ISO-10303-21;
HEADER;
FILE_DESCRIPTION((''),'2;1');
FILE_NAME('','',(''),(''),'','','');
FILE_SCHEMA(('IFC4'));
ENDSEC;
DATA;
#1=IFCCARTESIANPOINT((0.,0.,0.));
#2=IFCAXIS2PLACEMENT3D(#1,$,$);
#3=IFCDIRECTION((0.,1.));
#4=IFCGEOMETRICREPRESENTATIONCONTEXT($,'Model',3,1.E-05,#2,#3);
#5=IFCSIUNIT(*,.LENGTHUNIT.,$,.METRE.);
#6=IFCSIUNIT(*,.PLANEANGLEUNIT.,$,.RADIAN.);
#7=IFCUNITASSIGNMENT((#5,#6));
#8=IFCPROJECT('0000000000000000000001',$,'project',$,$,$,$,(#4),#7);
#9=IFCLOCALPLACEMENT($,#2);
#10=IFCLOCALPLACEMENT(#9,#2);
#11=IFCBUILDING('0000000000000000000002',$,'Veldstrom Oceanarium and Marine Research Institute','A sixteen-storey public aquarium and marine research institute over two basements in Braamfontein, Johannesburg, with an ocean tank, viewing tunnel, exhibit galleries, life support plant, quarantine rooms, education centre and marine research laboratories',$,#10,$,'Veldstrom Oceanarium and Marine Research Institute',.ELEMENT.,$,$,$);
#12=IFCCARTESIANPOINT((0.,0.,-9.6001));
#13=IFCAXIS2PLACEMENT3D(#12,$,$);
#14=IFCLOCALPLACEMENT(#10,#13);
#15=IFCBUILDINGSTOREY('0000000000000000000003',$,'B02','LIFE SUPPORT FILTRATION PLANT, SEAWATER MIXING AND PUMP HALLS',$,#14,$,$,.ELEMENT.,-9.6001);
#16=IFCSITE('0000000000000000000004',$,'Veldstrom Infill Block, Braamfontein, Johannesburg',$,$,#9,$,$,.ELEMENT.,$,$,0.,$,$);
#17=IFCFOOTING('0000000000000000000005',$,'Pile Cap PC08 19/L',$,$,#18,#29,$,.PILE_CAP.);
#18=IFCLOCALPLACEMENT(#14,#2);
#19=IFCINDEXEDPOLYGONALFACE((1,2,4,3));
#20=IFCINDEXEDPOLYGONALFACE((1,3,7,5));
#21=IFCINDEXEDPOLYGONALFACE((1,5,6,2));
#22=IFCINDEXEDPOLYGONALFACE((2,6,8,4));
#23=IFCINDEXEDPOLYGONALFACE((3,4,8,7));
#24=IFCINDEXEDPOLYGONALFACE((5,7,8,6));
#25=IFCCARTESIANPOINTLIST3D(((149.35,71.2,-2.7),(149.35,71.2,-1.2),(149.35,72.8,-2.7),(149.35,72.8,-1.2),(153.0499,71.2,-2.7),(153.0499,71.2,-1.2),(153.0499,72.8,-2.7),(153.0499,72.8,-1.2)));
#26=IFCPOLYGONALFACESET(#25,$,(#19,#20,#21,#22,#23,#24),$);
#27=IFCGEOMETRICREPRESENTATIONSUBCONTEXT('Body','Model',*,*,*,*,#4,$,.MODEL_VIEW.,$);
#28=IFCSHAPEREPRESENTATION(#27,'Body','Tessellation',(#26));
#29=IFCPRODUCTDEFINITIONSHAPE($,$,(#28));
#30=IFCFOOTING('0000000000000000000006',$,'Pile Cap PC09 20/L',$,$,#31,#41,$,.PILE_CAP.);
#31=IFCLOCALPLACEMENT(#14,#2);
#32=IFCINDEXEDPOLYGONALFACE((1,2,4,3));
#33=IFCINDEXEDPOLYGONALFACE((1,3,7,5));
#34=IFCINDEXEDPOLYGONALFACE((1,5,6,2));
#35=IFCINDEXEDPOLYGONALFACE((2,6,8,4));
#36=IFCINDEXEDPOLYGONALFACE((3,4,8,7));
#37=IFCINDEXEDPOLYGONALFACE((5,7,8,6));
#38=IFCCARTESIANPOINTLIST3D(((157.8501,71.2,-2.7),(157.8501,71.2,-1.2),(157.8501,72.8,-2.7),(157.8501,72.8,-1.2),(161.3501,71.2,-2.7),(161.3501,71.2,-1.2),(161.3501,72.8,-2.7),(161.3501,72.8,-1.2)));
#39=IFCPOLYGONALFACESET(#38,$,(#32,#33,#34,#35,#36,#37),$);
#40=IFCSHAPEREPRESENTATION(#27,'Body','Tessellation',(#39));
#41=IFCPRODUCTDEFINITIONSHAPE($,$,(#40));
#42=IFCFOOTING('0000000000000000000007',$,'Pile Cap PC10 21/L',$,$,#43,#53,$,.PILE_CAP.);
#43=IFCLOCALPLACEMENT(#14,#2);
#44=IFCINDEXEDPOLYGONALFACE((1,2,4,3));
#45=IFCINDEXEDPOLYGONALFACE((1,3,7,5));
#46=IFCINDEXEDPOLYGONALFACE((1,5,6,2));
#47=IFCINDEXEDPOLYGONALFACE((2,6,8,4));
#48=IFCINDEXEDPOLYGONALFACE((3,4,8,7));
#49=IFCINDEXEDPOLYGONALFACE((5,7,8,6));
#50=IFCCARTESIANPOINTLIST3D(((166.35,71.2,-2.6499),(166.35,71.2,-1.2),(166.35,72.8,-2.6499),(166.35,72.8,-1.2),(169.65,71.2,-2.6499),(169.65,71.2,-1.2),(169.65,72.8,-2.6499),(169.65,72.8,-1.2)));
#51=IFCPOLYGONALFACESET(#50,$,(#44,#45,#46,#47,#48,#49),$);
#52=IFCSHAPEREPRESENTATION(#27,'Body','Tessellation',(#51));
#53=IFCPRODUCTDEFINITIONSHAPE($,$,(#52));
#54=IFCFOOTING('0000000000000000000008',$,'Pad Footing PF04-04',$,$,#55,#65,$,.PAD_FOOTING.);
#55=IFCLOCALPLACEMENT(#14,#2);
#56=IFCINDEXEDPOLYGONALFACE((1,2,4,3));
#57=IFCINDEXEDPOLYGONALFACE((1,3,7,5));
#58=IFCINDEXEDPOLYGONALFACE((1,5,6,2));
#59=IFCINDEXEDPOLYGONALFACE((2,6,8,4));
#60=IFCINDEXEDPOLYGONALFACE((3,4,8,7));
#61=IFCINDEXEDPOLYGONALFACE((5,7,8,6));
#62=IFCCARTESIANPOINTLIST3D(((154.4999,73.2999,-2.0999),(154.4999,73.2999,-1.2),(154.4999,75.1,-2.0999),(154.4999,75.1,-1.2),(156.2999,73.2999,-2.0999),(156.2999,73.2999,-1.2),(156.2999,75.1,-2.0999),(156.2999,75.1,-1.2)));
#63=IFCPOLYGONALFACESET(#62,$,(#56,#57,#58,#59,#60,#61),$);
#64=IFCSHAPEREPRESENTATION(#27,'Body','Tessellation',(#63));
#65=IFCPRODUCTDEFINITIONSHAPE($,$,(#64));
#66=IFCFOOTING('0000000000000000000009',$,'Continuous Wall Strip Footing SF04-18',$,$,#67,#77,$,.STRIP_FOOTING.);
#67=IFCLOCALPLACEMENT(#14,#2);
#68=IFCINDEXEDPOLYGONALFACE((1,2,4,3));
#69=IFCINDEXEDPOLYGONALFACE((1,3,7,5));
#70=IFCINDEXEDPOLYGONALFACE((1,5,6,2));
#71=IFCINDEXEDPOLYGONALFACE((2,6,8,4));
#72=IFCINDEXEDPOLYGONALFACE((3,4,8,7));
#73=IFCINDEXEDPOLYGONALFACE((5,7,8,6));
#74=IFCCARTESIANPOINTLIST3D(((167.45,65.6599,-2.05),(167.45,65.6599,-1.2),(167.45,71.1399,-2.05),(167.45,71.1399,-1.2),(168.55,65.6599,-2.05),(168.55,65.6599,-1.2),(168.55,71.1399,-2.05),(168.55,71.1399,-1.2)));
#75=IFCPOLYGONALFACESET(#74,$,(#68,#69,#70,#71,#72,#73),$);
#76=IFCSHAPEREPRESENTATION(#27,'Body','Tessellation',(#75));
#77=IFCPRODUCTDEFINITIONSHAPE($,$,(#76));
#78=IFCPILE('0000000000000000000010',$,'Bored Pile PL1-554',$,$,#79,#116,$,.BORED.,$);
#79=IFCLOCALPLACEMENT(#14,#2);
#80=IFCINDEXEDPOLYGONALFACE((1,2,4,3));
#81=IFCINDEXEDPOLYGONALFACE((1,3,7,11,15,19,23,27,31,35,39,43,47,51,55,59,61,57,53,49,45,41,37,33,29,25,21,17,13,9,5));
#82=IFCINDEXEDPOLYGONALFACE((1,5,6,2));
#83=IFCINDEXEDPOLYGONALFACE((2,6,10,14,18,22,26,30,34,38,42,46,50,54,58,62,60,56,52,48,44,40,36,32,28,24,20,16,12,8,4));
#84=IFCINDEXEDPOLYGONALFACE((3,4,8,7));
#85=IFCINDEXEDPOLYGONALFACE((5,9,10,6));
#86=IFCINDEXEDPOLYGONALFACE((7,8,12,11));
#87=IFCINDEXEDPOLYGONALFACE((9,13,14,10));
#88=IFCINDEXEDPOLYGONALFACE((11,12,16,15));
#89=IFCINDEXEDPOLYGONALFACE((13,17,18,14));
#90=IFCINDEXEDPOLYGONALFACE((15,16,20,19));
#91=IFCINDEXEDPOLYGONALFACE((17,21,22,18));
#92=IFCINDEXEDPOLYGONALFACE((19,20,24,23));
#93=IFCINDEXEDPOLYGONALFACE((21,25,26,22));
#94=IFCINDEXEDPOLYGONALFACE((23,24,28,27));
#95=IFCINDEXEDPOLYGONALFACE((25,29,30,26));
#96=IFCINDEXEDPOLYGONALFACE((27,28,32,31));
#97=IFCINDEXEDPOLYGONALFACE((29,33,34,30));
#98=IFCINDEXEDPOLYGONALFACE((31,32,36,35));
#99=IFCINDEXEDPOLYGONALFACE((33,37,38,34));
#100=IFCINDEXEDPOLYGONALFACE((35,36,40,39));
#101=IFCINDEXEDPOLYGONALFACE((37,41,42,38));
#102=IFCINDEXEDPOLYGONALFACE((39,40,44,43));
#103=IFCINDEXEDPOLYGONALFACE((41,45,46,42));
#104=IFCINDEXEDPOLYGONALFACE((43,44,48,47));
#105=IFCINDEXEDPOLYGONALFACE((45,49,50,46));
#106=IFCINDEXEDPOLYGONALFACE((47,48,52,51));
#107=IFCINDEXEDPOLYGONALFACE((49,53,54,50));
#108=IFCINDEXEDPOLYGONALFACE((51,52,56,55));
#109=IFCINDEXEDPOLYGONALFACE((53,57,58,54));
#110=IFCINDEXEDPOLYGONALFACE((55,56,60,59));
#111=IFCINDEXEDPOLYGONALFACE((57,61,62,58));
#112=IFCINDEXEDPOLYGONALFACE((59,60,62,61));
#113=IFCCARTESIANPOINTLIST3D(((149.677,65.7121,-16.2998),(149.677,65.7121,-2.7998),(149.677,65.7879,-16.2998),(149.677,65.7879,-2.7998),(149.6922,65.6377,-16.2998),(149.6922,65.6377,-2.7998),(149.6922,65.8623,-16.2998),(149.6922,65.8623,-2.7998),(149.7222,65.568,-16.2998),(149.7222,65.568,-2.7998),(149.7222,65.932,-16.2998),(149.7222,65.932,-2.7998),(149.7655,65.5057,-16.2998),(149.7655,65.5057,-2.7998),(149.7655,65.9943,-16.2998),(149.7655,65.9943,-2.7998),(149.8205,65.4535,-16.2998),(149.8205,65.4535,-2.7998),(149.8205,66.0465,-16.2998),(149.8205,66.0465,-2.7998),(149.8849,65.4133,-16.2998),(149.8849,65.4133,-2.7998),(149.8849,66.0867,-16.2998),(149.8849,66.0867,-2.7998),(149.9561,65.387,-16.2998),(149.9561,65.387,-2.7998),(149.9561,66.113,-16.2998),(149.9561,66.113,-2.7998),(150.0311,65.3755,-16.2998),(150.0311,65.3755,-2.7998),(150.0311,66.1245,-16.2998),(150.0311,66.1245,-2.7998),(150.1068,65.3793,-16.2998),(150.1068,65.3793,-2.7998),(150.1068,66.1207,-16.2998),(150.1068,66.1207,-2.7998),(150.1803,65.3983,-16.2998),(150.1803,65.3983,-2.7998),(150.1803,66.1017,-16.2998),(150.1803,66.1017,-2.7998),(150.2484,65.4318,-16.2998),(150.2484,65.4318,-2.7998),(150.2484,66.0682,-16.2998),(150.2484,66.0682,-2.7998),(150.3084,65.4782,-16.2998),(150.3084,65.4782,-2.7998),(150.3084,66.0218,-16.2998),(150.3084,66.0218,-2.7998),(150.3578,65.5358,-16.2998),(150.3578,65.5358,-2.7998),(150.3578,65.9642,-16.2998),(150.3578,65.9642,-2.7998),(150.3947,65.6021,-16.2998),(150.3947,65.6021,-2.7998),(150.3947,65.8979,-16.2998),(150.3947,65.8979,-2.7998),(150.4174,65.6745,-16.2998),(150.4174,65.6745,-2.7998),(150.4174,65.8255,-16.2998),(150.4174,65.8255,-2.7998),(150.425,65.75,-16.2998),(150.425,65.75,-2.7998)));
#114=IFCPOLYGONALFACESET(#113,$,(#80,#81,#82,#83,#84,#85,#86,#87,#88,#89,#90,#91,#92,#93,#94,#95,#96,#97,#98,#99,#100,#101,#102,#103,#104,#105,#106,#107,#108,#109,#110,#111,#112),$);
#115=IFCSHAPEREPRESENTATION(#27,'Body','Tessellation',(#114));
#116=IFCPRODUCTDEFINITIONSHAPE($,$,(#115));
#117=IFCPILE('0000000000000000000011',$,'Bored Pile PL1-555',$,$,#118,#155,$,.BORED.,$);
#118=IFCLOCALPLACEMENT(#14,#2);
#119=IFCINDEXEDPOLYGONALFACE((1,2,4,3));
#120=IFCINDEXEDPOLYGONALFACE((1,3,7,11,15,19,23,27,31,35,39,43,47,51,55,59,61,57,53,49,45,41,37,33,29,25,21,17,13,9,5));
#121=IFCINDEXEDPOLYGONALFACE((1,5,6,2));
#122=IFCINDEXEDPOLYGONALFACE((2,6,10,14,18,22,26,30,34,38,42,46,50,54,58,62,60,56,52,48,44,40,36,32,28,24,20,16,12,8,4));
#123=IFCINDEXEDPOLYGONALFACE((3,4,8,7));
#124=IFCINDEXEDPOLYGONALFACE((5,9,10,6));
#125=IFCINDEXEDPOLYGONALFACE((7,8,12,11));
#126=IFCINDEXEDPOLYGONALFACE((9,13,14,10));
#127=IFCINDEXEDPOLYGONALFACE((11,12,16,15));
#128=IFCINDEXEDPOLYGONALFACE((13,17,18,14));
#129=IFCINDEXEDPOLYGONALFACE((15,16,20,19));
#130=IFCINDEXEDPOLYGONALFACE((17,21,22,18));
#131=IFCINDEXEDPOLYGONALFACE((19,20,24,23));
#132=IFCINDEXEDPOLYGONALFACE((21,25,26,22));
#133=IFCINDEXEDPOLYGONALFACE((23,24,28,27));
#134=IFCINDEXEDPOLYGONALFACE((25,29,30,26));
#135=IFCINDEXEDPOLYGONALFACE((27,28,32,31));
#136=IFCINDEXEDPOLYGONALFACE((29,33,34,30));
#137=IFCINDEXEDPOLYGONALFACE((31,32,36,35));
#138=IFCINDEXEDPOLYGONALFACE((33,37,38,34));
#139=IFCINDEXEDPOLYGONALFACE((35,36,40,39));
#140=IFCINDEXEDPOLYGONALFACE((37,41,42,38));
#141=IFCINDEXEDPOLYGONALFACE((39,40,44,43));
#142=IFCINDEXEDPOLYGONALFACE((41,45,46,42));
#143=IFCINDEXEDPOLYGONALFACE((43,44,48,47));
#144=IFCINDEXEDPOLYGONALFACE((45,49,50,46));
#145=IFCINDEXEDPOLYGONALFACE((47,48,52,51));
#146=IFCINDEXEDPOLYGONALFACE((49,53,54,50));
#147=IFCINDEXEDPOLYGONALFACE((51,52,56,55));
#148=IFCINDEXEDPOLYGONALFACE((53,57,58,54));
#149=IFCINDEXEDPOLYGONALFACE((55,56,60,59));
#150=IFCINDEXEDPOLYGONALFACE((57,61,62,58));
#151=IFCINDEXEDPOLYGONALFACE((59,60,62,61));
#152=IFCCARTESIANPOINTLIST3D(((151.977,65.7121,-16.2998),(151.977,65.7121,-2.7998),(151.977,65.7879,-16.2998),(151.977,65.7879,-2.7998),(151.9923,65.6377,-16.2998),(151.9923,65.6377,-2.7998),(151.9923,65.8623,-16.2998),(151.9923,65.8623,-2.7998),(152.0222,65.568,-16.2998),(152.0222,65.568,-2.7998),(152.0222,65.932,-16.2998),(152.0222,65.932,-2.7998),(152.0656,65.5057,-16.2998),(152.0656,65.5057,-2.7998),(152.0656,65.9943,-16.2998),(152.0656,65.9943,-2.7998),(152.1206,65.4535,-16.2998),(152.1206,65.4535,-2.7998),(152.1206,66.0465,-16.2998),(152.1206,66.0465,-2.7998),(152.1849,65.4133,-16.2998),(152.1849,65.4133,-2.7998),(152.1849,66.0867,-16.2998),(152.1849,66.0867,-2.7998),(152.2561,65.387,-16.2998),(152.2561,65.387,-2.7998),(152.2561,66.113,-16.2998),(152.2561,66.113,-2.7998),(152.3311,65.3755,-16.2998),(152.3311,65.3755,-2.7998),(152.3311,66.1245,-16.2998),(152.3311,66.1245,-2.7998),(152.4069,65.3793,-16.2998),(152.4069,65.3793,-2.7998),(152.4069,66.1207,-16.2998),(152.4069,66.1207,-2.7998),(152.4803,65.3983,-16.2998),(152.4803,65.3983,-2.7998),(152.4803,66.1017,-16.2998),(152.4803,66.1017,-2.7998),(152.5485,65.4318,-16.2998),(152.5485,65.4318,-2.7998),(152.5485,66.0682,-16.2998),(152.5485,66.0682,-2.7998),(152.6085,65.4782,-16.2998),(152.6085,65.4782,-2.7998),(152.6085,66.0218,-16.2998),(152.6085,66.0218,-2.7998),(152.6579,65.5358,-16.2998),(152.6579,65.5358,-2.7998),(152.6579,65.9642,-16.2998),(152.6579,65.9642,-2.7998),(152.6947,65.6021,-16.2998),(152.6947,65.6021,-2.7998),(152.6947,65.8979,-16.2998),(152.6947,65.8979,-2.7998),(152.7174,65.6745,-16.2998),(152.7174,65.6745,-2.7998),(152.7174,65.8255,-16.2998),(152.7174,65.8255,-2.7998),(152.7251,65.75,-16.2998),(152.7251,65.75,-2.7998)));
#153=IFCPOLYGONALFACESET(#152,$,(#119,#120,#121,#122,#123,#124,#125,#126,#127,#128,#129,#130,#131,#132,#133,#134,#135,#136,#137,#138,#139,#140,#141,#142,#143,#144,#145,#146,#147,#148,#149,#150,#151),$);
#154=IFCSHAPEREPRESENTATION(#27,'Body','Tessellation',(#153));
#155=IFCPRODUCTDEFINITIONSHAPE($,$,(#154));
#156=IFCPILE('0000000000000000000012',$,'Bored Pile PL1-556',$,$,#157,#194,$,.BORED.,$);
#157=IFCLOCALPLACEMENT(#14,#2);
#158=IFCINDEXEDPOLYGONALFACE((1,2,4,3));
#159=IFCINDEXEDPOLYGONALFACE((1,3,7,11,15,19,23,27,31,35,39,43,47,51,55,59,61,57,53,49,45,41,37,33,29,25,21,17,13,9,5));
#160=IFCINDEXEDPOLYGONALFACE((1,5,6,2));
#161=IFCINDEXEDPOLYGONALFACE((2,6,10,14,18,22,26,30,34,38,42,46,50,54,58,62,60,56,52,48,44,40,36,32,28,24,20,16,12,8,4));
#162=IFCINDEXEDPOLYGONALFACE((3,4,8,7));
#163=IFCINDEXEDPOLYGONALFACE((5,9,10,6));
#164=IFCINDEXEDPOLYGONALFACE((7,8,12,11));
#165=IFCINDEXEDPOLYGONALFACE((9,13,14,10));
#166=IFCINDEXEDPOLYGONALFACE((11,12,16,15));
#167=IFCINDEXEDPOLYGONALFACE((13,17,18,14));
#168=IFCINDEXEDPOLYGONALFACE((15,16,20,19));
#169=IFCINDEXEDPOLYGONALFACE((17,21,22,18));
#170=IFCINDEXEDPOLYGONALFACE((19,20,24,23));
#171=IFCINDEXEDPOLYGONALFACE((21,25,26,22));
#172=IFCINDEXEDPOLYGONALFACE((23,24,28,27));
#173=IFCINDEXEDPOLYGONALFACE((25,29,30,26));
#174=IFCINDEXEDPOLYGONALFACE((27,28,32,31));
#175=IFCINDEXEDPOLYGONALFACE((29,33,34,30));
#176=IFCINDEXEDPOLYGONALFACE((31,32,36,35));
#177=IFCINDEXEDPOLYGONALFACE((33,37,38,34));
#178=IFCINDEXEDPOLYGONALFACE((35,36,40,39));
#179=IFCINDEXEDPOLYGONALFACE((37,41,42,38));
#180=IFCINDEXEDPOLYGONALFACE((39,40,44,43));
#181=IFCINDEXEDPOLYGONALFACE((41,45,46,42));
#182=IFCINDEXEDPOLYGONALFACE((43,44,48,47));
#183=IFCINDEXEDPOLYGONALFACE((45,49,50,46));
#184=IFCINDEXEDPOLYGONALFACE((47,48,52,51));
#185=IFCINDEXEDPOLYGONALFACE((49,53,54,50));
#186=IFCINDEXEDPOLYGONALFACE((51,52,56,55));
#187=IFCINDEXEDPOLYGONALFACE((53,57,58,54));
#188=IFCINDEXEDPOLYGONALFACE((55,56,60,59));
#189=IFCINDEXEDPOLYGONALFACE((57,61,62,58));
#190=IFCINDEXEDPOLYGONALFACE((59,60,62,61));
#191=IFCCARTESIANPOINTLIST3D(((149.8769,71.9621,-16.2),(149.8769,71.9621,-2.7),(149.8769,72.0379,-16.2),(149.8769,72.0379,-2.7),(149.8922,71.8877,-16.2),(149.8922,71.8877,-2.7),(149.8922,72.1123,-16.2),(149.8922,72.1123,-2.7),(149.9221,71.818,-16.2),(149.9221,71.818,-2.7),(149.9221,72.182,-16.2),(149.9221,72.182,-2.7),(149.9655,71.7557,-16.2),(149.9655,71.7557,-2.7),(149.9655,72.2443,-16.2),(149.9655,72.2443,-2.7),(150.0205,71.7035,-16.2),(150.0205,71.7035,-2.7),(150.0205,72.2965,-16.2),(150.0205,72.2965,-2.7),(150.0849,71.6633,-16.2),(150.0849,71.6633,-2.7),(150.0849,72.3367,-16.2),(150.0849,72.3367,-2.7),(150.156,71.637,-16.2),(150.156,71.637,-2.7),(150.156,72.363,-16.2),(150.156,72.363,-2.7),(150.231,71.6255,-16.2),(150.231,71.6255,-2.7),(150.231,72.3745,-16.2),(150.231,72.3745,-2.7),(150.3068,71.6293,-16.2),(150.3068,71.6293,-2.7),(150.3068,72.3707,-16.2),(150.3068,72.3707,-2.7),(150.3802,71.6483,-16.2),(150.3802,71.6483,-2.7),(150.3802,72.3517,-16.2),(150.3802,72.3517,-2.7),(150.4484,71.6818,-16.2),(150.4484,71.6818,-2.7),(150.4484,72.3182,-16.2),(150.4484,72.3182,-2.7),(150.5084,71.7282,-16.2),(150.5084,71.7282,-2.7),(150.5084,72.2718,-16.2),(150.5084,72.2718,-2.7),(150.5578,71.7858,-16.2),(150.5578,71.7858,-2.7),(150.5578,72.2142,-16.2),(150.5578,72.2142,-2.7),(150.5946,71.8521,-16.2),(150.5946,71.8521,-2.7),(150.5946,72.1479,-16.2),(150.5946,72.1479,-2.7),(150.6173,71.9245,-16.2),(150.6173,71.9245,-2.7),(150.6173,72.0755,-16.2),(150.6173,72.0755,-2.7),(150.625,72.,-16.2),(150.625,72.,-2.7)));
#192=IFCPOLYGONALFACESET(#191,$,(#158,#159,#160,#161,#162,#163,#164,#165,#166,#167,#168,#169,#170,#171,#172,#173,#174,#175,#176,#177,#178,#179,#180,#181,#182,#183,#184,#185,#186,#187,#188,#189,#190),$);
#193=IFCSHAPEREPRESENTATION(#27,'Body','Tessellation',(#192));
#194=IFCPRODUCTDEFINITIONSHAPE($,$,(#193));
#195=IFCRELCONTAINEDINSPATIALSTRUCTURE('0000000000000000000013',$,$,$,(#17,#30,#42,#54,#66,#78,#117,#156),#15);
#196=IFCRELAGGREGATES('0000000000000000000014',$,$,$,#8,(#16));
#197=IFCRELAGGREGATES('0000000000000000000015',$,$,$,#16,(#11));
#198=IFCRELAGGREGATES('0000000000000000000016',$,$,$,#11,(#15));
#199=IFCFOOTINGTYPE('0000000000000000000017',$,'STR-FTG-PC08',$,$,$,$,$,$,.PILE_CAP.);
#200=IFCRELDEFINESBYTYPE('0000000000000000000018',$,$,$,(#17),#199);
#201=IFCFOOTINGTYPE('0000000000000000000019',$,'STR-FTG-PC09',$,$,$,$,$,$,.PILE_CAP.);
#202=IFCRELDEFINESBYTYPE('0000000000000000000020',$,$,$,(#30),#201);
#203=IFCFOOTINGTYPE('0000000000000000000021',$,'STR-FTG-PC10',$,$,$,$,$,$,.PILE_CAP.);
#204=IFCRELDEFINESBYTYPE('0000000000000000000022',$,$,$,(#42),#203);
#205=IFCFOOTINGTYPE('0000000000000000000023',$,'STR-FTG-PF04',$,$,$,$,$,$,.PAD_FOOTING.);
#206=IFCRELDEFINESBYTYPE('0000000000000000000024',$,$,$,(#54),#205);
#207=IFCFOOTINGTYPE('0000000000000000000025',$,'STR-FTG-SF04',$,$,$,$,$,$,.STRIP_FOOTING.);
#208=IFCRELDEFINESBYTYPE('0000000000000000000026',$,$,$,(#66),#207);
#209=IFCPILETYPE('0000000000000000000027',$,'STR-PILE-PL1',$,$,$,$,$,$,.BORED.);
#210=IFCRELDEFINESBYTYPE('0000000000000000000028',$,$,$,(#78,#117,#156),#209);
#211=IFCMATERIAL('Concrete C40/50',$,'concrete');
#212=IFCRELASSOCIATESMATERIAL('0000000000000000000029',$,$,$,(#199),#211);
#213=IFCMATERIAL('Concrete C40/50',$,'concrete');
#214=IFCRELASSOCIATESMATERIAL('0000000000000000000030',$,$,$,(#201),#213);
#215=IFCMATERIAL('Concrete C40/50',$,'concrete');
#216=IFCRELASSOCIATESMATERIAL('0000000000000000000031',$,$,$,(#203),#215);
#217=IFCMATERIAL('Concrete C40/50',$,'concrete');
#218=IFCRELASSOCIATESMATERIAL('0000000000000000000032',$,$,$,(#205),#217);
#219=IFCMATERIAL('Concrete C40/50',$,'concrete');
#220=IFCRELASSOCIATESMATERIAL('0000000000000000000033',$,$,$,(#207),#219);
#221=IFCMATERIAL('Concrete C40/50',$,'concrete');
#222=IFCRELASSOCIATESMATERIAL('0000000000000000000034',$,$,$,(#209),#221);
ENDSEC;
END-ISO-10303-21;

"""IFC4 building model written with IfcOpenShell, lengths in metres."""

from ifc_helpers import new_model, si_unit, direction, frame, origin, origin_2d, place, context, subcontext, project, spatial, rectangle, circle, extrude, material, material_profile, profile_set, type_object, element, save


model = new_model("IFC4")

# Units and contexts
model_context = context("Model", 3, precision=1e-05, world=origin(), true_north=direction((0.0, 1.0)))
body_context = subcontext(model_context, "Body", "Model", "MODEL_VIEW")
ifc_project = project(units=[si_unit("LENGTHUNIT", "METRE"), si_unit("PLANEANGLEUNIT", "RADIAN")], contexts=[model_context])

# Site, building, storey
site_placement = place(None, origin())
site = spatial("IfcSite", under=ifc_project, at=site_placement, Name="Veldstrom Infill Block, Braamfontein, Johannesburg", CompositionType="ELEMENT", RefElevation=0.0)
building_placement = place(site_placement, origin())
building = spatial("IfcBuilding", under=site, at=building_placement, Name="Veldstrom Oceanarium and Marine Research Institute", Description="A sixteen-storey public aquarium and marine research institute over two basements in Braamfontein, Johannesburg, with an ocean tank, viewing tunnel, exhibit galleries, life support plant, quarantine rooms, education centre and marine research laboratories", LongName="Veldstrom Oceanarium and Marine Research Institute", CompositionType="ELEMENT")
storey_placement = place(building_placement, frame((0.0, 0.0, -9.6001)))
storey = spatial("IfcBuildingStorey", under=building, at=storey_placement, Name="B02", Description="LIFE SUPPORT FILTRATION PLANT, SEAWATER MIXING AND PUMP HALLS", CompositionType="ELEMENT", Elevation=-9.6001)

# Footings
ifc_material_1 = material(Name="Concrete C40/50", Category="concrete")
footing_type_1 = type_object("IfcFootingType", Name="STR-FTG-PC08", PredefinedType="PILE_CAP", material=ifc_material_1)
footing_1_placement = place(storey_placement, frame((151.2, 72.0, -2.7), z_axis=(0.0, 0.0, 1.0), x_axis=(1.0, 0.0, 0.0)))
element("IfcFooting", 1, at=footing_1_placement, inside=storey, type_object=footing_type_1, Name="Pile Cap PC08 19/L", PredefinedType="PILE_CAP", context=body_context, shape_type="SweptSolid", body=[
    extrude(rectangle(XDim=3.7, YDim=1.6001, at=origin_2d()), origin(), (0.0, 0.0, 1.0), 1.5),
])
ifc_material_2 = material(Name="Concrete C40/50", Category="concrete")
footing_type_2 = type_object("IfcFootingType", Name="STR-FTG-PC09", PredefinedType="PILE_CAP", material=ifc_material_2)
footing_2_placement = place(storey_placement, frame((159.6001, 72.0, -2.7), z_axis=(0.0, 0.0, 1.0), x_axis=(1.0, 0.0, 0.0)))
element("IfcFooting", 2, at=footing_2_placement, inside=storey, type_object=footing_type_2, Name="Pile Cap PC09 20/L", PredefinedType="PILE_CAP", context=body_context, shape_type="SweptSolid", body=[
    extrude(rectangle(XDim=3.5, YDim=1.6001, at=origin_2d()), origin(), (0.0, 0.0, 1.0), 1.5),
])
ifc_material_3 = material(Name="Concrete C40/50", Category="concrete")
footing_type_3 = type_object("IfcFootingType", Name="STR-FTG-PC10", PredefinedType="PILE_CAP", material=ifc_material_3)
footing_3_placement = place(storey_placement, frame((168.0, 72.0, -2.6499), z_axis=(0.0, 0.0, 1.0), x_axis=(1.0, 0.0, 0.0)))
element("IfcFooting", 3, at=footing_3_placement, inside=storey, type_object=footing_type_3, Name="Pile Cap PC10 21/L", PredefinedType="PILE_CAP", context=body_context, shape_type="SweptSolid", body=[
    extrude(rectangle(XDim=3.3, YDim=1.6001, at=origin_2d()), origin(), (0.0, 0.0, 1.0), 1.45),
])
ifc_material_4 = material(Name="Concrete C40/50", Category="concrete")
footing_type_4 = type_object("IfcFootingType", Name="STR-FTG-PF04", PredefinedType="PAD_FOOTING", material=ifc_material_4)
footing_4_placement = place(storey_placement, frame((155.3999, 74.2, -2.0999), z_axis=(0.0, 0.0, 1.0), x_axis=(1.0, 0.0, 0.0)))
element("IfcFooting", 4, at=footing_4_placement, inside=storey, type_object=footing_type_4, Name="Pad Footing PF04-04", PredefinedType="PAD_FOOTING", context=body_context, shape_type="SweptSolid", body=[
    extrude(rectangle(XDim=1.8, YDim=1.8, at=origin_2d()), origin(), (0.0, 0.0, 1.0), 0.8999),
])
ifc_material_5 = material(Name="Concrete C40/50", Category="concrete")
footing_type_5 = type_object("IfcFootingType", Name="STR-FTG-SF04", PredefinedType="STRIP_FOOTING", material=ifc_material_5)
footing_5_placement = place(storey_placement, frame((168.0, 68.3999, -2.05), z_axis=(0.0, 0.0, 1.0), x_axis=(0.0, 1.0, 0.0)))
element("IfcFooting", 5, at=footing_5_placement, inside=storey, type_object=footing_type_5, Name="Continuous Wall Strip Footing SF04-18", PredefinedType="STRIP_FOOTING", context=body_context, shape_type="SweptSolid", body=[
    extrude(rectangle(XDim=5.48, YDim=1.1001, at=origin_2d()), origin(), (0.0, 0.0, 1.0), 0.8501),
])

# Piles
ifc_material_6 = material(Name="Concrete C40/50", Category="concrete")
ifc_material_profile_1 = material_profile(ifc_material_6, circle(Radius=0.375, at=origin_2d()), Name="PILE-D750")
ifc_profile_set_1 = profile_set([ifc_material_profile_1], Name="Concrete C40/50")
pile_type = type_object("IfcPileType", Name="STR-PILE-PL1", PredefinedType="BORED", material=ifc_profile_set_1)
for number, where, z_axis, x_axis, name in (
    (6, (150.05, 65.75, -2.7998), (0.0, 0.0, -1.0), (1.0, 0.0, 0.0), "Bored Pile PL1-554"),
    (7, (152.3501, 65.75, -2.7998), (0.0, 0.0, -1.0), (1.0, 0.0, 0.0), "Bored Pile PL1-555"),
    (8, (150.25, 72.0, -2.7), (0.0, 0.0, -1.0), (1.0, 0.0, 0.0), "Bored Pile PL1-556"),
):
    element("IfcPile", number, at=place(storey_placement, frame(where, z_axis=z_axis, x_axis=x_axis)), inside=storey, type_object=pile_type, Name=name, PredefinedType="BORED", context=body_context, shape_type="SweptSolid", body=[
        extrude(circle(Radius=0.375, at=origin_2d()), origin(), (0.0, 0.0, 1.0), 13.5),
    ])

save(model, "model.ifc")
